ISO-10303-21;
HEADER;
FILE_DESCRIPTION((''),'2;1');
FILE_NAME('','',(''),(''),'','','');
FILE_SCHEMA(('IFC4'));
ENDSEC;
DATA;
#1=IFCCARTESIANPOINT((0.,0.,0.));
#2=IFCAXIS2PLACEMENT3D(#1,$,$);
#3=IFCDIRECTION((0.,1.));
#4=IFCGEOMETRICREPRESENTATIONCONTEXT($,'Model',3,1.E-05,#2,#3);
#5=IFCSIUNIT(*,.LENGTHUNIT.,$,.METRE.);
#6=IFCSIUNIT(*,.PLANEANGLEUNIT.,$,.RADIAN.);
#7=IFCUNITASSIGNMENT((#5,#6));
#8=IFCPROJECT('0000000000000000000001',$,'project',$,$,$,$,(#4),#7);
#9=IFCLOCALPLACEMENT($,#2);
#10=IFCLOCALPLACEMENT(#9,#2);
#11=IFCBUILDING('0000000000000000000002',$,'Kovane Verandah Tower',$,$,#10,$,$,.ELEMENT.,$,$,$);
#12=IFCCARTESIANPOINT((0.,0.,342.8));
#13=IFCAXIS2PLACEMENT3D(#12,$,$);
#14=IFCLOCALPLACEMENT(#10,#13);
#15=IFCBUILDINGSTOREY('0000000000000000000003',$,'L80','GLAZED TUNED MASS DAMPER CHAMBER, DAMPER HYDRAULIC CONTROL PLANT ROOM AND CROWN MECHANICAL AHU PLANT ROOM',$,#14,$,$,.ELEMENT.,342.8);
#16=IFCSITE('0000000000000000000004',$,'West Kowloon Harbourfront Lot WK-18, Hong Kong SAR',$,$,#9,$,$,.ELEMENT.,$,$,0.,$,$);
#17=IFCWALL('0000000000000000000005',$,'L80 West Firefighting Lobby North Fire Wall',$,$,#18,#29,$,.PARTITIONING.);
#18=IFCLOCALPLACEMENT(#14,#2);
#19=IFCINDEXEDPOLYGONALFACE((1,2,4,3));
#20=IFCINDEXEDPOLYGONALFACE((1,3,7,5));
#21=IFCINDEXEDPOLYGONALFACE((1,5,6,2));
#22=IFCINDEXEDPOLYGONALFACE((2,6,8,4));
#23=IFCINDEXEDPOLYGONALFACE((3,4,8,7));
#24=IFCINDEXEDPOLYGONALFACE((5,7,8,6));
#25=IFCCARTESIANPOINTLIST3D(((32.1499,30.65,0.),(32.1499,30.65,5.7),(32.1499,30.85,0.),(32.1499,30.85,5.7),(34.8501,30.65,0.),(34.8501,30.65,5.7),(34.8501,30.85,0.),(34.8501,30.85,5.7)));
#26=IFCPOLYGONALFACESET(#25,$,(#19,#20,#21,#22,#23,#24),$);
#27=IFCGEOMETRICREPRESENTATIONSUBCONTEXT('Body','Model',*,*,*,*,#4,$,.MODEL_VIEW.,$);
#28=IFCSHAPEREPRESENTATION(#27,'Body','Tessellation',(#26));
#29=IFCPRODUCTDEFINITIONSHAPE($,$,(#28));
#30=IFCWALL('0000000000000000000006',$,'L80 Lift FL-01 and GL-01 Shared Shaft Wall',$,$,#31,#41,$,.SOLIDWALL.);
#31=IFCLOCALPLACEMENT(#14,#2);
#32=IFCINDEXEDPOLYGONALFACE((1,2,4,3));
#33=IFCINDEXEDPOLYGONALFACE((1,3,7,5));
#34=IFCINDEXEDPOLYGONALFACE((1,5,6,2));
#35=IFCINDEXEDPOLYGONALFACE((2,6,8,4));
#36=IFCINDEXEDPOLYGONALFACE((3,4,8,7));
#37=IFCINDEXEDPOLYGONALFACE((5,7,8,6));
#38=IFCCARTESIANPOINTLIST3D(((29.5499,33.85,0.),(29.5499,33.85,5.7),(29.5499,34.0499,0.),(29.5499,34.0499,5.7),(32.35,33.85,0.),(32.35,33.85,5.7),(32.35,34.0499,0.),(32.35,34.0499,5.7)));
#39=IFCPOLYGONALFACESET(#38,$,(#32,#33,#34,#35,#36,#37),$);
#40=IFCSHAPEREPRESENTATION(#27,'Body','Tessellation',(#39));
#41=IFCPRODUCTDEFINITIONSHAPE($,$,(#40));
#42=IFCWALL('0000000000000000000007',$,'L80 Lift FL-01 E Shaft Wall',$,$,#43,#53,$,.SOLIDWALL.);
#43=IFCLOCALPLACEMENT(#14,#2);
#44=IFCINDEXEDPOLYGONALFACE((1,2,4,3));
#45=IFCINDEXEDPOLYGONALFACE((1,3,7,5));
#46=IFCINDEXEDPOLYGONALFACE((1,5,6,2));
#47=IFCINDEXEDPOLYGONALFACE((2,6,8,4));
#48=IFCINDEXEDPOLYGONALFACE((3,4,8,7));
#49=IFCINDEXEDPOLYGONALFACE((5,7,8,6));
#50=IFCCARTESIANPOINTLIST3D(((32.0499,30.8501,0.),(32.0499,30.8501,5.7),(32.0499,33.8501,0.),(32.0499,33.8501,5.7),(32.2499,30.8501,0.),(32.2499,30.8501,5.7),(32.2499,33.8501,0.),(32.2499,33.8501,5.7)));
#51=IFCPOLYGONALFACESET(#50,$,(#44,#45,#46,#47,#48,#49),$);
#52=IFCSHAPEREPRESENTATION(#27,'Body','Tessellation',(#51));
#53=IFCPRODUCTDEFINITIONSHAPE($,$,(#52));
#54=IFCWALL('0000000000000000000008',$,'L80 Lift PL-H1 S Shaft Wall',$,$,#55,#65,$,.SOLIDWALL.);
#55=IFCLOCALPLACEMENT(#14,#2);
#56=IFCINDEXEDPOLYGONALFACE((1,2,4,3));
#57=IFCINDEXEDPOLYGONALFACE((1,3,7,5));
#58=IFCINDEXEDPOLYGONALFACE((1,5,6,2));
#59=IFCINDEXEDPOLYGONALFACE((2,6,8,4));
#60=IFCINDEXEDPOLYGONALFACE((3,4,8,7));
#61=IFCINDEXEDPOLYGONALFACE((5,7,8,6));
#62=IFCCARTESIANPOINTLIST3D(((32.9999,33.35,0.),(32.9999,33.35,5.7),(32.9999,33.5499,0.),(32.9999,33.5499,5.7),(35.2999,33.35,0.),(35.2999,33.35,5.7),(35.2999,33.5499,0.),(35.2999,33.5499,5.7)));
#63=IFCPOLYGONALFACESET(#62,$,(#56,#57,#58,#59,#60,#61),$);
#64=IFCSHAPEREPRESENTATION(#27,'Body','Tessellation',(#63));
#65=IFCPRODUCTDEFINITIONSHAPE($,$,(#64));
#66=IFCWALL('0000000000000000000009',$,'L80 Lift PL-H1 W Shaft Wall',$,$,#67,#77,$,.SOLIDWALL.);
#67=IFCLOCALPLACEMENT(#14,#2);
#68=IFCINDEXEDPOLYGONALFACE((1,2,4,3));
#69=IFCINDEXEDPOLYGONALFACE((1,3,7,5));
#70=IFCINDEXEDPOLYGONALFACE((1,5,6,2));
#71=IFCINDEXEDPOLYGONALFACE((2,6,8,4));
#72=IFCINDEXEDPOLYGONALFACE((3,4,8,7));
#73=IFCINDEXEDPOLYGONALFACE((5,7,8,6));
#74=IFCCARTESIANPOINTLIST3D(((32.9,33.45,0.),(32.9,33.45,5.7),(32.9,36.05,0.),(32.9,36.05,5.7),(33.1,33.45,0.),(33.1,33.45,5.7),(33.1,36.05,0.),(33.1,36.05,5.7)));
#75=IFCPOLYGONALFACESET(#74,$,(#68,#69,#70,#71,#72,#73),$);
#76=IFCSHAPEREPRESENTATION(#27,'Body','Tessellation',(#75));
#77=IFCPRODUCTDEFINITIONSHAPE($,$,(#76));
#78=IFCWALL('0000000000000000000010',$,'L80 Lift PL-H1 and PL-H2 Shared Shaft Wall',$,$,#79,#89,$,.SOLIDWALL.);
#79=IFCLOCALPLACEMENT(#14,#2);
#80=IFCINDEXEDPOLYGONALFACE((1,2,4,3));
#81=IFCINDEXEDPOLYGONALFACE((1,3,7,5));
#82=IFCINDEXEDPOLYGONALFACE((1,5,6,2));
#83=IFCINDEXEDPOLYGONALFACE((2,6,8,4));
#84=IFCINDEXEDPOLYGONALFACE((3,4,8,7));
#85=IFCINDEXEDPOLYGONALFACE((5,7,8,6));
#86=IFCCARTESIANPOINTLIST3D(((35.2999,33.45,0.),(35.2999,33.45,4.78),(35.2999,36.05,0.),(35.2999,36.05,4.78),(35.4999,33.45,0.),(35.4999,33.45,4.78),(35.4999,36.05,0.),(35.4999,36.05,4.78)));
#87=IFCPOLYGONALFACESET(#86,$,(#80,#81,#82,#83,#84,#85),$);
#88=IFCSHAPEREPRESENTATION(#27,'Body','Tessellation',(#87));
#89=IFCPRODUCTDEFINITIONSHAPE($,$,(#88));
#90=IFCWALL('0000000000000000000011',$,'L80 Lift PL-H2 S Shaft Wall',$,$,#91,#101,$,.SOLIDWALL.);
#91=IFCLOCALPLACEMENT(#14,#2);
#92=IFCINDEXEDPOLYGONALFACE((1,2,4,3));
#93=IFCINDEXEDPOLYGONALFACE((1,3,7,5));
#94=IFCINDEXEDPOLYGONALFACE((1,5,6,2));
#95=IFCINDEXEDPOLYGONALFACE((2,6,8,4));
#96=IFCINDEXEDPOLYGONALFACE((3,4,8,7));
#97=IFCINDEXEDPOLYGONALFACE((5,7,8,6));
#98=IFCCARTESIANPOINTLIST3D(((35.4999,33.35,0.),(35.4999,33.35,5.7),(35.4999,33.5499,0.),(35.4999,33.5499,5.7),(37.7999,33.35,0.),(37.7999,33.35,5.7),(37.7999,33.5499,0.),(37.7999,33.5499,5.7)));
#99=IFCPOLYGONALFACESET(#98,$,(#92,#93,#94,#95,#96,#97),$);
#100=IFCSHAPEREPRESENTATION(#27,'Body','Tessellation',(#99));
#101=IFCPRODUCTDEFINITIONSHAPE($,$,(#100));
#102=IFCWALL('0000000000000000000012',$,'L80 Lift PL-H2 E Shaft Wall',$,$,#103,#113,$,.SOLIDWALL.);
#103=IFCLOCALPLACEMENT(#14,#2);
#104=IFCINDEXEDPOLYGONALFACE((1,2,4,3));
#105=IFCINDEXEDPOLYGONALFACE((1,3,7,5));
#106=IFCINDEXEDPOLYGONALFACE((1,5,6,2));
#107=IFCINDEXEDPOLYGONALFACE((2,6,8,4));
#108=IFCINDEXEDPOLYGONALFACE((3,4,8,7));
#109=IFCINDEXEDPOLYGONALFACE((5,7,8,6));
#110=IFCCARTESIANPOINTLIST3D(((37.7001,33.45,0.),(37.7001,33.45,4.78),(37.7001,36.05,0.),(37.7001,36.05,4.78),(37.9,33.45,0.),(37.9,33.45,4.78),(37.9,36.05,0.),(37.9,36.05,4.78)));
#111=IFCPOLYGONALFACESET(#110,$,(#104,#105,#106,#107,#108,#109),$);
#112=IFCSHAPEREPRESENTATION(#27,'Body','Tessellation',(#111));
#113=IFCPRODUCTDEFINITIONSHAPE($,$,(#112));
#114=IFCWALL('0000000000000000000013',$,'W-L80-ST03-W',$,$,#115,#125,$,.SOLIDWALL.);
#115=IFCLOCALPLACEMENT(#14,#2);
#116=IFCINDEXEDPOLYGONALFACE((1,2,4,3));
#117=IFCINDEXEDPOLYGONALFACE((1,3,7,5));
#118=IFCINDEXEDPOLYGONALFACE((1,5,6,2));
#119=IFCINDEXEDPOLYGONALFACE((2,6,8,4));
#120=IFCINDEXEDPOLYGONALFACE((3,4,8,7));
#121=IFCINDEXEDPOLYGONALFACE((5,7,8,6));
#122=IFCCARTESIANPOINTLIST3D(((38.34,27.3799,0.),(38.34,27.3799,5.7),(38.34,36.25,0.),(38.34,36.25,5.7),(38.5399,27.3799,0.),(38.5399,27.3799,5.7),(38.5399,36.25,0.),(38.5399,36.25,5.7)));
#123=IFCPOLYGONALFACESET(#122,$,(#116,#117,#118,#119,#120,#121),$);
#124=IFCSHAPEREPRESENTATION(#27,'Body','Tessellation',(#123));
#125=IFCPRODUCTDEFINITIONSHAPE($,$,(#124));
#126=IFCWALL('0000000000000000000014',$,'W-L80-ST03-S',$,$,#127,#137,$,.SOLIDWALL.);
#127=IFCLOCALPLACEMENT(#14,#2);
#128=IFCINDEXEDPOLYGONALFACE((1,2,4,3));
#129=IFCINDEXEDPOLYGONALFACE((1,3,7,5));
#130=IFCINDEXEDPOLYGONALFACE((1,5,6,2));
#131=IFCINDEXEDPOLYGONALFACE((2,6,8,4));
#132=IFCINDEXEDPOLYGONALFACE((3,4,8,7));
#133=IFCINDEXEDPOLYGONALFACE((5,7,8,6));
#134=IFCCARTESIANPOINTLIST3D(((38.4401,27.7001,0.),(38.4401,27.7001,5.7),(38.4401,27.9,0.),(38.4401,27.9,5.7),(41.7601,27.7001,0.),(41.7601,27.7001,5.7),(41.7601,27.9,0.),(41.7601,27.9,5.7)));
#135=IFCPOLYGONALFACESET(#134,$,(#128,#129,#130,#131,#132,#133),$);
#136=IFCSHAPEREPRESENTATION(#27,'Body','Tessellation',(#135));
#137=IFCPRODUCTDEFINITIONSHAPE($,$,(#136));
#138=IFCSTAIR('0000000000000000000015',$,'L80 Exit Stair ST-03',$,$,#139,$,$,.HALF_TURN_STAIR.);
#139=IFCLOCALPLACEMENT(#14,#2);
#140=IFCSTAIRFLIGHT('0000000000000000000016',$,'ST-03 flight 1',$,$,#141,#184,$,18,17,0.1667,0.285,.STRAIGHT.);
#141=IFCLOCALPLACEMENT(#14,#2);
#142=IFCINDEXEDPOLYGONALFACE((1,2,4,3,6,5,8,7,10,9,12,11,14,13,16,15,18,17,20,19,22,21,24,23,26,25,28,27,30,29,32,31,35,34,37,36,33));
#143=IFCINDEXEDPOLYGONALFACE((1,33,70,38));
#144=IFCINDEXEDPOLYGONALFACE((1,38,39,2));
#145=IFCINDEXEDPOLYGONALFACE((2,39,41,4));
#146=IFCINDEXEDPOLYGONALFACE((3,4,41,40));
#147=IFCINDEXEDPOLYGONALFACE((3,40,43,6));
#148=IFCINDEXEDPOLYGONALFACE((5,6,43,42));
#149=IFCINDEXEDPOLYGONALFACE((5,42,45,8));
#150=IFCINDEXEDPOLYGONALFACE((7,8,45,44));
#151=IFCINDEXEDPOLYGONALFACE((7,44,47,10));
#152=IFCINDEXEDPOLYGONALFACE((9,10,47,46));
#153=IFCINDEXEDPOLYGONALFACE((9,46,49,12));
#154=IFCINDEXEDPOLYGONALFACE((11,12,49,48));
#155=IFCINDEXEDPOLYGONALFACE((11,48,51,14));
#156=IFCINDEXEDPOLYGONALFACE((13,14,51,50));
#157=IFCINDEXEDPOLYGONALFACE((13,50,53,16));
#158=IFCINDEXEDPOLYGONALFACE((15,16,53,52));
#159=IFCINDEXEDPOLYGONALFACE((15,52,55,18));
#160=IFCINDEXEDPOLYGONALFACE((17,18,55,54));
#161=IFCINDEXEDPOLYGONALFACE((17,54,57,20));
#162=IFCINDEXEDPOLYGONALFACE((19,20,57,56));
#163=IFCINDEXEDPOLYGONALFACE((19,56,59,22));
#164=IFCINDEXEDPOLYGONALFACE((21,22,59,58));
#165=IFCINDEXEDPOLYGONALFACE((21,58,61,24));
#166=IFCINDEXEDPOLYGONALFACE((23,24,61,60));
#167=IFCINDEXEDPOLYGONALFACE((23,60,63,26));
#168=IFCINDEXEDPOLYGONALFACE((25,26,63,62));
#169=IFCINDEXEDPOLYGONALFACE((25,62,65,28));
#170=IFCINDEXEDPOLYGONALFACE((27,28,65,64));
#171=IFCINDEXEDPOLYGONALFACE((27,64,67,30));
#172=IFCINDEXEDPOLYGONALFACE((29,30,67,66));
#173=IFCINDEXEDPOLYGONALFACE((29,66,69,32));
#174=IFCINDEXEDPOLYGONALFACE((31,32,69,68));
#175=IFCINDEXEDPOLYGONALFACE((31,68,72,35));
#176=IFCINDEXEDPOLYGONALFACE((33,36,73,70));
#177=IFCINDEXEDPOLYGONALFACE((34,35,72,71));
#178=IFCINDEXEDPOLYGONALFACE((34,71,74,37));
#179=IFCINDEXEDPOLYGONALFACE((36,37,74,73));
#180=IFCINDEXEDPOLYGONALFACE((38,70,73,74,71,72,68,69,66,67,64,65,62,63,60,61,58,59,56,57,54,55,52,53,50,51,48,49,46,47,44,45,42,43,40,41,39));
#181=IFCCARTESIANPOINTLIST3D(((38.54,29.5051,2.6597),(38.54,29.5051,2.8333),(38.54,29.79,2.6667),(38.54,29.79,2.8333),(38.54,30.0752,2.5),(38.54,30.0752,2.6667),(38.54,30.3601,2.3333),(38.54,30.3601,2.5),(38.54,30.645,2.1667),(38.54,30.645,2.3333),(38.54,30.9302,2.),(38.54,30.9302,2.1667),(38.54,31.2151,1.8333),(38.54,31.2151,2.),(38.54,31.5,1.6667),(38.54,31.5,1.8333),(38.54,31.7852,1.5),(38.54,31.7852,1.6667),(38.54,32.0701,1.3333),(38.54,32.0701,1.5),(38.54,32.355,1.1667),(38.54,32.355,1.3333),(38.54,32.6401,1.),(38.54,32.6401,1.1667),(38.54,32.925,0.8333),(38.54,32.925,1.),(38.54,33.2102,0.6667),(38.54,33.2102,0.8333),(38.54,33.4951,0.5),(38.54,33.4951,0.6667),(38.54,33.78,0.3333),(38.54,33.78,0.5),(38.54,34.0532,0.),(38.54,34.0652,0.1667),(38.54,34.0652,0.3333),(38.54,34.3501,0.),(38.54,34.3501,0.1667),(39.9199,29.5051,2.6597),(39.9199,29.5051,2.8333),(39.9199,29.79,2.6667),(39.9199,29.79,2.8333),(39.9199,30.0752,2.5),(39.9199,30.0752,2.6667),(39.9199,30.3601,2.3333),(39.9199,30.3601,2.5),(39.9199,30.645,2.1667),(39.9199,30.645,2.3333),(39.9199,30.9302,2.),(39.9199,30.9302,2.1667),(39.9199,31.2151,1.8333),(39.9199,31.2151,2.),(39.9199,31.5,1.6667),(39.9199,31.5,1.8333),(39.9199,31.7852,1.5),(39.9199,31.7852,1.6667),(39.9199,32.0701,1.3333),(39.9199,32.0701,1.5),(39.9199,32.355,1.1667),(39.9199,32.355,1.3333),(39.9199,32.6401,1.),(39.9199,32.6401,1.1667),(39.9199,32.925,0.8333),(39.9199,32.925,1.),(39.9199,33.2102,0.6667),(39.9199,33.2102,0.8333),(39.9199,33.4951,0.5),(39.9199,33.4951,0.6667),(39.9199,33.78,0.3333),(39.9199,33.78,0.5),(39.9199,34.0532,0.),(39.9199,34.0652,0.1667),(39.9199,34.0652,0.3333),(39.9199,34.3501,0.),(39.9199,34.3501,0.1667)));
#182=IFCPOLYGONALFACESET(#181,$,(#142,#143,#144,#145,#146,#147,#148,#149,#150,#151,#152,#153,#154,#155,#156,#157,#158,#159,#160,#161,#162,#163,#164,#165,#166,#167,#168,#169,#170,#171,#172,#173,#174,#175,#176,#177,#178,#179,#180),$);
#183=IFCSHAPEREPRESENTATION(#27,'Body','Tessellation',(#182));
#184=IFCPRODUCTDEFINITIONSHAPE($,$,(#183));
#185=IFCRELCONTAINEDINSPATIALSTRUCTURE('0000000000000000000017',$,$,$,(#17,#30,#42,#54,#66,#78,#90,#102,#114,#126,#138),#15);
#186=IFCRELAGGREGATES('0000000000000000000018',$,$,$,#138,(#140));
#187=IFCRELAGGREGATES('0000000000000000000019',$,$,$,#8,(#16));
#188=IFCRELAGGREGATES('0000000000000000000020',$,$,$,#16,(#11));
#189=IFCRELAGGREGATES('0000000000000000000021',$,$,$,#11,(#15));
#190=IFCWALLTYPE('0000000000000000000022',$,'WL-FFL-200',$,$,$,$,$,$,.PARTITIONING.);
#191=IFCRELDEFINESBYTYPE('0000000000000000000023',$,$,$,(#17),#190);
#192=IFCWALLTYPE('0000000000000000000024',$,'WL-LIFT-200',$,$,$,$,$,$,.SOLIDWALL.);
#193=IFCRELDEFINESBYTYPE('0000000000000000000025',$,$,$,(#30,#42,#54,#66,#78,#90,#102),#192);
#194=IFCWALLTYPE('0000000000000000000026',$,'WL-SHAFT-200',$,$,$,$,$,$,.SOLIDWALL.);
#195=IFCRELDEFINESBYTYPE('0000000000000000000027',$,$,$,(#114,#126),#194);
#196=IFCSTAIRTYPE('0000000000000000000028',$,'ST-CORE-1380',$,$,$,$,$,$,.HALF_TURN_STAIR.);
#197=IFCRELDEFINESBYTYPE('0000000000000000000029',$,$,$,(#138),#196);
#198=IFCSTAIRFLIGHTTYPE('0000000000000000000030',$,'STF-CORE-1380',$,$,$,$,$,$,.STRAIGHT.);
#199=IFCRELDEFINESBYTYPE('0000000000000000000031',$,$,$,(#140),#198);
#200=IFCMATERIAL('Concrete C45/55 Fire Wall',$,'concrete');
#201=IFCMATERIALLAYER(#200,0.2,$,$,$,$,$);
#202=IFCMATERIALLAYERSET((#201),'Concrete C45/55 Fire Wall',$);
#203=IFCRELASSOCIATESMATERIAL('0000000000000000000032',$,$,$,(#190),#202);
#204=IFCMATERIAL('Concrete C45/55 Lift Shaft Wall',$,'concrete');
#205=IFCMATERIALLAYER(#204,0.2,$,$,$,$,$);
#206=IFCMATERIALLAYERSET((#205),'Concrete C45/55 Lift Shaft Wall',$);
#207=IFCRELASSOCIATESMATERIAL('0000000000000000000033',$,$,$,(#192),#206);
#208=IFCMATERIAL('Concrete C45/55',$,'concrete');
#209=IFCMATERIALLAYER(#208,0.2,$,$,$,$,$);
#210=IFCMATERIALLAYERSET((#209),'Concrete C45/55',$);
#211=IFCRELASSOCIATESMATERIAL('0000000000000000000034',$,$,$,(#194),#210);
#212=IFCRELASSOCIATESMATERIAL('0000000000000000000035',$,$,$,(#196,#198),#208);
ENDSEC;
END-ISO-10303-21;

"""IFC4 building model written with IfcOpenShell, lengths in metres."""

from ifc_helpers import new_model, si_unit, direction, frame, frame_2d, origin, place, context, subcontext, project, spatial, polyline, rectangle, outline, extrude, material, layer, layer_set, type_object, element, aggregate, save


model = new_model("IFC4")

# Units and contexts
model_context = context("Model", 3, precision=1e-05, world=origin(), true_north=direction((0.0, 1.0)))
body_context = subcontext(model_context, "Body", "Model", "MODEL_VIEW")
ifc_project = project(units=[si_unit("LENGTHUNIT", "METRE"), si_unit("PLANEANGLEUNIT", "RADIAN")], contexts=[model_context])

# Site, building, storey
site_placement = place(None, origin())
site = spatial("IfcSite", under=ifc_project, at=site_placement, Name="West Kowloon Harbourfront Lot WK-18, Hong Kong SAR", CompositionType="ELEMENT", RefElevation=0.0)
building_placement = place(site_placement, origin())
building = spatial("IfcBuilding", under=site, at=building_placement, Name="Kovane Verandah Tower", CompositionType="ELEMENT")
storey_placement = place(building_placement, frame((0.0, 0.0, 342.8)))
storey = spatial("IfcBuildingStorey", under=building, at=storey_placement, Name="L80", Description="GLAZED TUNED MASS DAMPER CHAMBER, DAMPER HYDRAULIC CONTROL PLANT ROOM AND CROWN MECHANICAL AHU PLANT ROOM", CompositionType="ELEMENT", Elevation=342.8)

# Shared definitions
ifc_material_1 = material(Name="Concrete C45/55 Fire Wall", Category="concrete")
ifc_layer_1 = layer(ifc_material_1, 0.2)
ifc_layer_set_1 = layer_set([ifc_layer_1], Name="Concrete C45/55 Fire Wall")
wall_type_1 = type_object("IfcWallType", Name="WL-FFL-200", PredefinedType="PARTITIONING", material=ifc_layer_set_1)

# Wall
wall_1_placement = place(storey_placement, frame((32.1499, 30.75, 0.0), z_axis=(0.0, 0.0, 1.0), x_axis=(1.0, 0.0, 0.0)))
element("IfcWall", 1, at=wall_1_placement, inside=storey, type_object=wall_type_1, Name="L80 West Firefighting Lobby North Fire Wall", PredefinedType="PARTITIONING", context=body_context, shape_type="SweptSolid", body=[
    extrude(rectangle(XDim=2.7002, YDim=0.2, at=frame_2d((1.3501, 0.0))), origin(), (0.0, 0.0, 1.0), 5.7),
])

# Shared definitions
ifc_material_2 = material(Name="Concrete C45/55 Lift Shaft Wall", Category="concrete")
ifc_layer_2 = layer(ifc_material_2, 0.2)
ifc_layer_set_2 = layer_set([ifc_layer_2], Name="Concrete C45/55 Lift Shaft Wall")
wall_type_2 = type_object("IfcWallType", Name="WL-LIFT-200", PredefinedType="SOLIDWALL", material=ifc_layer_set_2)

# Walls
wall_2_placement = place(storey_placement, frame((29.55, 33.95, 0.0), z_axis=(0.0, 0.0, 1.0), x_axis=(1.0, 0.0, 0.0)))
element("IfcWall", 2, at=wall_2_placement, inside=storey, type_object=wall_type_2, Name="L80 Lift FL-01 and GL-01 Shared Shaft Wall", PredefinedType="SOLIDWALL", context=body_context, shape_type="SweptSolid", body=[
    extrude(rectangle(XDim=2.8, YDim=0.2, at=frame_2d((1.3999, 0.0))), origin(), (0.0, 0.0, 1.0), 5.7),
])
wall_3_placement = place(storey_placement, frame((32.1499, 30.8501, 0.0), z_axis=(0.0, 0.0, 1.0), x_axis=(0.0, 1.0, 0.0)))
element("IfcWall", 3, at=wall_3_placement, inside=storey, type_object=wall_type_2, Name="L80 Lift FL-01 E Shaft Wall", PredefinedType="SOLIDWALL", context=body_context, shape_type="SweptSolid", body=[
    extrude(rectangle(XDim=3.0, YDim=0.2, at=frame_2d((1.5, 0.0))), origin(), (0.0, 0.0, 1.0), 5.7),
])

# Walls
wall_4_placement = place(storey_placement, frame((33.0, 33.45, 0.0), z_axis=(0.0, 0.0, 1.0), x_axis=(1.0, 0.0, 0.0)))
element("IfcWall", 4, at=wall_4_placement, inside=storey, type_object=wall_type_2, Name="L80 Lift PL-H1 S Shaft Wall", PredefinedType="SOLIDWALL", context=body_context, shape_type="SweptSolid", body=[
    extrude(rectangle(XDim=2.3, YDim=0.2, at=frame_2d((1.1499, 0.0))), origin(), (0.0, 0.0, 1.0), 5.7),
])
wall_5_placement = place(storey_placement, frame((33.0, 36.05, 0.0), z_axis=(0.0, 0.0, 1.0), x_axis=(0.0, -1.0, 0.0)))
element("IfcWall", 5, at=wall_5_placement, inside=storey, type_object=wall_type_2, Name="L80 Lift PL-H1 W Shaft Wall", PredefinedType="SOLIDWALL", context=body_context, shape_type="SweptSolid", body=[
    extrude(rectangle(XDim=2.6001, YDim=0.2, at=frame_2d((1.3, 0.0))), origin(), (0.0, 0.0, 1.0), 5.7),
])
wall_6_placement = place(storey_placement, frame((35.3999, 33.45, 0.0), z_axis=(0.0, 0.0, 1.0), x_axis=(0.0, 1.0, 0.0)))
element("IfcWall", 6, at=wall_6_placement, inside=storey, type_object=wall_type_2, Name="L80 Lift PL-H1 and PL-H2 Shared Shaft Wall", PredefinedType="SOLIDWALL", context=body_context, shape_type="SweptSolid", body=[
    extrude(rectangle(XDim=2.6001, YDim=0.2, at=frame_2d((1.3, 0.0))), origin(), (0.0, 0.0, 1.0), 4.78),
])
wall_7_placement = place(storey_placement, frame((35.5, 33.45, 0.0), z_axis=(0.0, 0.0, 1.0), x_axis=(1.0, 0.0, 0.0)))
element("IfcWall", 7, at=wall_7_placement, inside=storey, type_object=wall_type_2, Name="L80 Lift PL-H2 S Shaft Wall", PredefinedType="SOLIDWALL", context=body_context, shape_type="SweptSolid", body=[
    extrude(rectangle(XDim=2.3, YDim=0.2, at=frame_2d((1.1499, 0.0))), origin(), (0.0, 0.0, 1.0), 5.7),
])
wall_8_placement = place(storey_placement, frame((37.8, 33.45, 0.0), z_axis=(0.0, 0.0, 1.0), x_axis=(0.0, 1.0, 0.0)))
element("IfcWall", 8, at=wall_8_placement, inside=storey, type_object=wall_type_2, Name="L80 Lift PL-H2 E Shaft Wall", PredefinedType="SOLIDWALL", context=body_context, shape_type="SweptSolid", body=[
    extrude(rectangle(XDim=2.6001, YDim=0.2, at=frame_2d((1.3, 0.0))), origin(), (0.0, 0.0, 1.0), 4.78),
])
ifc_material_3 = material(Name="Concrete C45/55", Category="concrete")
ifc_layer_3 = layer(ifc_material_3, 0.2)
ifc_layer_set_3 = layer_set([ifc_layer_3], Name="Concrete C45/55")
wall_type_3 = type_object("IfcWallType", Name="WL-SHAFT-200", PredefinedType="SOLIDWALL", material=ifc_layer_set_3)
wall_9_placement = place(storey_placement, frame((38.4399, 27.3799, 0.0), z_axis=(0.0, 0.0, 1.0), x_axis=(0.0, 1.0, 0.0)))
element("IfcWall", 9, at=wall_9_placement, inside=storey, type_object=wall_type_3, Name="W-L80-ST03-W", PredefinedType="SOLIDWALL", context=body_context, shape_type="SweptSolid", body=[
    extrude(rectangle(XDim=8.8701, YDim=0.2, at=frame_2d((4.4351, 0.0))), origin(), (0.0, 0.0, 1.0), 5.7),
])
wall_10_placement = place(storey_placement, frame((38.4399, 27.8, 0.0), z_axis=(0.0, 0.0, 1.0), x_axis=(1.0, 0.0, 0.0)))
element("IfcWall", 10, at=wall_10_placement, inside=storey, type_object=wall_type_3, Name="W-L80-ST03-S", PredefinedType="SOLIDWALL", context=body_context, shape_type="SweptSolid", body=[
    extrude(rectangle(XDim=3.3201, YDim=0.2, at=frame_2d((1.6602, 0.0))), origin(), (0.0, 0.0, 1.0), 5.7),
])

# Stair, stair flight
stair_type = type_object("IfcStairType", Name="ST-CORE-1380", PredefinedType="HALF_TURN_STAIR", material=ifc_material_3)
stair_placement = place(storey_placement, origin())
stair = element("IfcStair", 11, at=stair_placement, inside=storey, type_object=stair_type, Name="L80 Exit Stair ST-03", PredefinedType="HALF_TURN_STAIR")
stair_flight_type = type_object("IfcStairFlightType", Name="STF-CORE-1380", PredefinedType="STRAIGHT", material=ifc_material_3)
stair_flight_placement = place(storey_placement, frame((39.23, 34.3501, 0.0), z_axis=(0.0, 0.0, 1.0), x_axis=(0.0, -1.0, 0.0)))
stair_flight = element("IfcStairFlight", 12, at=stair_flight_placement, type_object=stair_flight_type, Name="ST-03 flight 1", NumberOfRisers=18, NumberOfTreads=17, PredefinedType="STRAIGHT", RiserHeight=0.1667, TreadLength=0.285, context=body_context, shape_type="SweptSolid", body=[
    extrude(outline(polyline([(0.0, 0.0), (0.0, 0.1667), (0.2849, 0.1667), (0.2849, 0.3333), (0.5701, 0.3333), (0.5701, 0.5), (0.855, 0.5), (0.855, 0.6667), (1.1399, 0.6667), (1.1399, 0.8333), (1.425, 0.8333), (1.425, 1.0), (1.71, 1.0), (1.71, 1.1667), (1.9951, 1.1667), (1.9951, 1.3333), (2.28, 1.3333), (2.28, 1.5), (2.5649, 1.5), (2.5649, 1.6667), (2.8501, 1.6667), (2.8501, 1.8333), (3.135, 1.8333), (3.135, 2.0), (3.4199, 2.0), (3.4199, 2.1667), (3.7051, 2.1667), (3.7051, 2.3333), (3.99, 2.3333), (3.99, 2.5), (4.2749, 2.5), (4.2749, 2.6667), (4.5601, 2.6667), (4.5601, 2.8333), (4.845, 2.8333), (4.845, 3.0), (4.845, 2.6597), (0.2969, 0.0), (0.0, 0.0)])), frame((0.0, 0.6899, 0.0), z_axis=(0.0, -1.0, 0.0), x_axis=(1.0, 0.0, 0.0)), (0.0, 0.0, 1.0), 1.3799),
])
aggregate(stair, [stair_flight])

save(model, "model.ifc")
